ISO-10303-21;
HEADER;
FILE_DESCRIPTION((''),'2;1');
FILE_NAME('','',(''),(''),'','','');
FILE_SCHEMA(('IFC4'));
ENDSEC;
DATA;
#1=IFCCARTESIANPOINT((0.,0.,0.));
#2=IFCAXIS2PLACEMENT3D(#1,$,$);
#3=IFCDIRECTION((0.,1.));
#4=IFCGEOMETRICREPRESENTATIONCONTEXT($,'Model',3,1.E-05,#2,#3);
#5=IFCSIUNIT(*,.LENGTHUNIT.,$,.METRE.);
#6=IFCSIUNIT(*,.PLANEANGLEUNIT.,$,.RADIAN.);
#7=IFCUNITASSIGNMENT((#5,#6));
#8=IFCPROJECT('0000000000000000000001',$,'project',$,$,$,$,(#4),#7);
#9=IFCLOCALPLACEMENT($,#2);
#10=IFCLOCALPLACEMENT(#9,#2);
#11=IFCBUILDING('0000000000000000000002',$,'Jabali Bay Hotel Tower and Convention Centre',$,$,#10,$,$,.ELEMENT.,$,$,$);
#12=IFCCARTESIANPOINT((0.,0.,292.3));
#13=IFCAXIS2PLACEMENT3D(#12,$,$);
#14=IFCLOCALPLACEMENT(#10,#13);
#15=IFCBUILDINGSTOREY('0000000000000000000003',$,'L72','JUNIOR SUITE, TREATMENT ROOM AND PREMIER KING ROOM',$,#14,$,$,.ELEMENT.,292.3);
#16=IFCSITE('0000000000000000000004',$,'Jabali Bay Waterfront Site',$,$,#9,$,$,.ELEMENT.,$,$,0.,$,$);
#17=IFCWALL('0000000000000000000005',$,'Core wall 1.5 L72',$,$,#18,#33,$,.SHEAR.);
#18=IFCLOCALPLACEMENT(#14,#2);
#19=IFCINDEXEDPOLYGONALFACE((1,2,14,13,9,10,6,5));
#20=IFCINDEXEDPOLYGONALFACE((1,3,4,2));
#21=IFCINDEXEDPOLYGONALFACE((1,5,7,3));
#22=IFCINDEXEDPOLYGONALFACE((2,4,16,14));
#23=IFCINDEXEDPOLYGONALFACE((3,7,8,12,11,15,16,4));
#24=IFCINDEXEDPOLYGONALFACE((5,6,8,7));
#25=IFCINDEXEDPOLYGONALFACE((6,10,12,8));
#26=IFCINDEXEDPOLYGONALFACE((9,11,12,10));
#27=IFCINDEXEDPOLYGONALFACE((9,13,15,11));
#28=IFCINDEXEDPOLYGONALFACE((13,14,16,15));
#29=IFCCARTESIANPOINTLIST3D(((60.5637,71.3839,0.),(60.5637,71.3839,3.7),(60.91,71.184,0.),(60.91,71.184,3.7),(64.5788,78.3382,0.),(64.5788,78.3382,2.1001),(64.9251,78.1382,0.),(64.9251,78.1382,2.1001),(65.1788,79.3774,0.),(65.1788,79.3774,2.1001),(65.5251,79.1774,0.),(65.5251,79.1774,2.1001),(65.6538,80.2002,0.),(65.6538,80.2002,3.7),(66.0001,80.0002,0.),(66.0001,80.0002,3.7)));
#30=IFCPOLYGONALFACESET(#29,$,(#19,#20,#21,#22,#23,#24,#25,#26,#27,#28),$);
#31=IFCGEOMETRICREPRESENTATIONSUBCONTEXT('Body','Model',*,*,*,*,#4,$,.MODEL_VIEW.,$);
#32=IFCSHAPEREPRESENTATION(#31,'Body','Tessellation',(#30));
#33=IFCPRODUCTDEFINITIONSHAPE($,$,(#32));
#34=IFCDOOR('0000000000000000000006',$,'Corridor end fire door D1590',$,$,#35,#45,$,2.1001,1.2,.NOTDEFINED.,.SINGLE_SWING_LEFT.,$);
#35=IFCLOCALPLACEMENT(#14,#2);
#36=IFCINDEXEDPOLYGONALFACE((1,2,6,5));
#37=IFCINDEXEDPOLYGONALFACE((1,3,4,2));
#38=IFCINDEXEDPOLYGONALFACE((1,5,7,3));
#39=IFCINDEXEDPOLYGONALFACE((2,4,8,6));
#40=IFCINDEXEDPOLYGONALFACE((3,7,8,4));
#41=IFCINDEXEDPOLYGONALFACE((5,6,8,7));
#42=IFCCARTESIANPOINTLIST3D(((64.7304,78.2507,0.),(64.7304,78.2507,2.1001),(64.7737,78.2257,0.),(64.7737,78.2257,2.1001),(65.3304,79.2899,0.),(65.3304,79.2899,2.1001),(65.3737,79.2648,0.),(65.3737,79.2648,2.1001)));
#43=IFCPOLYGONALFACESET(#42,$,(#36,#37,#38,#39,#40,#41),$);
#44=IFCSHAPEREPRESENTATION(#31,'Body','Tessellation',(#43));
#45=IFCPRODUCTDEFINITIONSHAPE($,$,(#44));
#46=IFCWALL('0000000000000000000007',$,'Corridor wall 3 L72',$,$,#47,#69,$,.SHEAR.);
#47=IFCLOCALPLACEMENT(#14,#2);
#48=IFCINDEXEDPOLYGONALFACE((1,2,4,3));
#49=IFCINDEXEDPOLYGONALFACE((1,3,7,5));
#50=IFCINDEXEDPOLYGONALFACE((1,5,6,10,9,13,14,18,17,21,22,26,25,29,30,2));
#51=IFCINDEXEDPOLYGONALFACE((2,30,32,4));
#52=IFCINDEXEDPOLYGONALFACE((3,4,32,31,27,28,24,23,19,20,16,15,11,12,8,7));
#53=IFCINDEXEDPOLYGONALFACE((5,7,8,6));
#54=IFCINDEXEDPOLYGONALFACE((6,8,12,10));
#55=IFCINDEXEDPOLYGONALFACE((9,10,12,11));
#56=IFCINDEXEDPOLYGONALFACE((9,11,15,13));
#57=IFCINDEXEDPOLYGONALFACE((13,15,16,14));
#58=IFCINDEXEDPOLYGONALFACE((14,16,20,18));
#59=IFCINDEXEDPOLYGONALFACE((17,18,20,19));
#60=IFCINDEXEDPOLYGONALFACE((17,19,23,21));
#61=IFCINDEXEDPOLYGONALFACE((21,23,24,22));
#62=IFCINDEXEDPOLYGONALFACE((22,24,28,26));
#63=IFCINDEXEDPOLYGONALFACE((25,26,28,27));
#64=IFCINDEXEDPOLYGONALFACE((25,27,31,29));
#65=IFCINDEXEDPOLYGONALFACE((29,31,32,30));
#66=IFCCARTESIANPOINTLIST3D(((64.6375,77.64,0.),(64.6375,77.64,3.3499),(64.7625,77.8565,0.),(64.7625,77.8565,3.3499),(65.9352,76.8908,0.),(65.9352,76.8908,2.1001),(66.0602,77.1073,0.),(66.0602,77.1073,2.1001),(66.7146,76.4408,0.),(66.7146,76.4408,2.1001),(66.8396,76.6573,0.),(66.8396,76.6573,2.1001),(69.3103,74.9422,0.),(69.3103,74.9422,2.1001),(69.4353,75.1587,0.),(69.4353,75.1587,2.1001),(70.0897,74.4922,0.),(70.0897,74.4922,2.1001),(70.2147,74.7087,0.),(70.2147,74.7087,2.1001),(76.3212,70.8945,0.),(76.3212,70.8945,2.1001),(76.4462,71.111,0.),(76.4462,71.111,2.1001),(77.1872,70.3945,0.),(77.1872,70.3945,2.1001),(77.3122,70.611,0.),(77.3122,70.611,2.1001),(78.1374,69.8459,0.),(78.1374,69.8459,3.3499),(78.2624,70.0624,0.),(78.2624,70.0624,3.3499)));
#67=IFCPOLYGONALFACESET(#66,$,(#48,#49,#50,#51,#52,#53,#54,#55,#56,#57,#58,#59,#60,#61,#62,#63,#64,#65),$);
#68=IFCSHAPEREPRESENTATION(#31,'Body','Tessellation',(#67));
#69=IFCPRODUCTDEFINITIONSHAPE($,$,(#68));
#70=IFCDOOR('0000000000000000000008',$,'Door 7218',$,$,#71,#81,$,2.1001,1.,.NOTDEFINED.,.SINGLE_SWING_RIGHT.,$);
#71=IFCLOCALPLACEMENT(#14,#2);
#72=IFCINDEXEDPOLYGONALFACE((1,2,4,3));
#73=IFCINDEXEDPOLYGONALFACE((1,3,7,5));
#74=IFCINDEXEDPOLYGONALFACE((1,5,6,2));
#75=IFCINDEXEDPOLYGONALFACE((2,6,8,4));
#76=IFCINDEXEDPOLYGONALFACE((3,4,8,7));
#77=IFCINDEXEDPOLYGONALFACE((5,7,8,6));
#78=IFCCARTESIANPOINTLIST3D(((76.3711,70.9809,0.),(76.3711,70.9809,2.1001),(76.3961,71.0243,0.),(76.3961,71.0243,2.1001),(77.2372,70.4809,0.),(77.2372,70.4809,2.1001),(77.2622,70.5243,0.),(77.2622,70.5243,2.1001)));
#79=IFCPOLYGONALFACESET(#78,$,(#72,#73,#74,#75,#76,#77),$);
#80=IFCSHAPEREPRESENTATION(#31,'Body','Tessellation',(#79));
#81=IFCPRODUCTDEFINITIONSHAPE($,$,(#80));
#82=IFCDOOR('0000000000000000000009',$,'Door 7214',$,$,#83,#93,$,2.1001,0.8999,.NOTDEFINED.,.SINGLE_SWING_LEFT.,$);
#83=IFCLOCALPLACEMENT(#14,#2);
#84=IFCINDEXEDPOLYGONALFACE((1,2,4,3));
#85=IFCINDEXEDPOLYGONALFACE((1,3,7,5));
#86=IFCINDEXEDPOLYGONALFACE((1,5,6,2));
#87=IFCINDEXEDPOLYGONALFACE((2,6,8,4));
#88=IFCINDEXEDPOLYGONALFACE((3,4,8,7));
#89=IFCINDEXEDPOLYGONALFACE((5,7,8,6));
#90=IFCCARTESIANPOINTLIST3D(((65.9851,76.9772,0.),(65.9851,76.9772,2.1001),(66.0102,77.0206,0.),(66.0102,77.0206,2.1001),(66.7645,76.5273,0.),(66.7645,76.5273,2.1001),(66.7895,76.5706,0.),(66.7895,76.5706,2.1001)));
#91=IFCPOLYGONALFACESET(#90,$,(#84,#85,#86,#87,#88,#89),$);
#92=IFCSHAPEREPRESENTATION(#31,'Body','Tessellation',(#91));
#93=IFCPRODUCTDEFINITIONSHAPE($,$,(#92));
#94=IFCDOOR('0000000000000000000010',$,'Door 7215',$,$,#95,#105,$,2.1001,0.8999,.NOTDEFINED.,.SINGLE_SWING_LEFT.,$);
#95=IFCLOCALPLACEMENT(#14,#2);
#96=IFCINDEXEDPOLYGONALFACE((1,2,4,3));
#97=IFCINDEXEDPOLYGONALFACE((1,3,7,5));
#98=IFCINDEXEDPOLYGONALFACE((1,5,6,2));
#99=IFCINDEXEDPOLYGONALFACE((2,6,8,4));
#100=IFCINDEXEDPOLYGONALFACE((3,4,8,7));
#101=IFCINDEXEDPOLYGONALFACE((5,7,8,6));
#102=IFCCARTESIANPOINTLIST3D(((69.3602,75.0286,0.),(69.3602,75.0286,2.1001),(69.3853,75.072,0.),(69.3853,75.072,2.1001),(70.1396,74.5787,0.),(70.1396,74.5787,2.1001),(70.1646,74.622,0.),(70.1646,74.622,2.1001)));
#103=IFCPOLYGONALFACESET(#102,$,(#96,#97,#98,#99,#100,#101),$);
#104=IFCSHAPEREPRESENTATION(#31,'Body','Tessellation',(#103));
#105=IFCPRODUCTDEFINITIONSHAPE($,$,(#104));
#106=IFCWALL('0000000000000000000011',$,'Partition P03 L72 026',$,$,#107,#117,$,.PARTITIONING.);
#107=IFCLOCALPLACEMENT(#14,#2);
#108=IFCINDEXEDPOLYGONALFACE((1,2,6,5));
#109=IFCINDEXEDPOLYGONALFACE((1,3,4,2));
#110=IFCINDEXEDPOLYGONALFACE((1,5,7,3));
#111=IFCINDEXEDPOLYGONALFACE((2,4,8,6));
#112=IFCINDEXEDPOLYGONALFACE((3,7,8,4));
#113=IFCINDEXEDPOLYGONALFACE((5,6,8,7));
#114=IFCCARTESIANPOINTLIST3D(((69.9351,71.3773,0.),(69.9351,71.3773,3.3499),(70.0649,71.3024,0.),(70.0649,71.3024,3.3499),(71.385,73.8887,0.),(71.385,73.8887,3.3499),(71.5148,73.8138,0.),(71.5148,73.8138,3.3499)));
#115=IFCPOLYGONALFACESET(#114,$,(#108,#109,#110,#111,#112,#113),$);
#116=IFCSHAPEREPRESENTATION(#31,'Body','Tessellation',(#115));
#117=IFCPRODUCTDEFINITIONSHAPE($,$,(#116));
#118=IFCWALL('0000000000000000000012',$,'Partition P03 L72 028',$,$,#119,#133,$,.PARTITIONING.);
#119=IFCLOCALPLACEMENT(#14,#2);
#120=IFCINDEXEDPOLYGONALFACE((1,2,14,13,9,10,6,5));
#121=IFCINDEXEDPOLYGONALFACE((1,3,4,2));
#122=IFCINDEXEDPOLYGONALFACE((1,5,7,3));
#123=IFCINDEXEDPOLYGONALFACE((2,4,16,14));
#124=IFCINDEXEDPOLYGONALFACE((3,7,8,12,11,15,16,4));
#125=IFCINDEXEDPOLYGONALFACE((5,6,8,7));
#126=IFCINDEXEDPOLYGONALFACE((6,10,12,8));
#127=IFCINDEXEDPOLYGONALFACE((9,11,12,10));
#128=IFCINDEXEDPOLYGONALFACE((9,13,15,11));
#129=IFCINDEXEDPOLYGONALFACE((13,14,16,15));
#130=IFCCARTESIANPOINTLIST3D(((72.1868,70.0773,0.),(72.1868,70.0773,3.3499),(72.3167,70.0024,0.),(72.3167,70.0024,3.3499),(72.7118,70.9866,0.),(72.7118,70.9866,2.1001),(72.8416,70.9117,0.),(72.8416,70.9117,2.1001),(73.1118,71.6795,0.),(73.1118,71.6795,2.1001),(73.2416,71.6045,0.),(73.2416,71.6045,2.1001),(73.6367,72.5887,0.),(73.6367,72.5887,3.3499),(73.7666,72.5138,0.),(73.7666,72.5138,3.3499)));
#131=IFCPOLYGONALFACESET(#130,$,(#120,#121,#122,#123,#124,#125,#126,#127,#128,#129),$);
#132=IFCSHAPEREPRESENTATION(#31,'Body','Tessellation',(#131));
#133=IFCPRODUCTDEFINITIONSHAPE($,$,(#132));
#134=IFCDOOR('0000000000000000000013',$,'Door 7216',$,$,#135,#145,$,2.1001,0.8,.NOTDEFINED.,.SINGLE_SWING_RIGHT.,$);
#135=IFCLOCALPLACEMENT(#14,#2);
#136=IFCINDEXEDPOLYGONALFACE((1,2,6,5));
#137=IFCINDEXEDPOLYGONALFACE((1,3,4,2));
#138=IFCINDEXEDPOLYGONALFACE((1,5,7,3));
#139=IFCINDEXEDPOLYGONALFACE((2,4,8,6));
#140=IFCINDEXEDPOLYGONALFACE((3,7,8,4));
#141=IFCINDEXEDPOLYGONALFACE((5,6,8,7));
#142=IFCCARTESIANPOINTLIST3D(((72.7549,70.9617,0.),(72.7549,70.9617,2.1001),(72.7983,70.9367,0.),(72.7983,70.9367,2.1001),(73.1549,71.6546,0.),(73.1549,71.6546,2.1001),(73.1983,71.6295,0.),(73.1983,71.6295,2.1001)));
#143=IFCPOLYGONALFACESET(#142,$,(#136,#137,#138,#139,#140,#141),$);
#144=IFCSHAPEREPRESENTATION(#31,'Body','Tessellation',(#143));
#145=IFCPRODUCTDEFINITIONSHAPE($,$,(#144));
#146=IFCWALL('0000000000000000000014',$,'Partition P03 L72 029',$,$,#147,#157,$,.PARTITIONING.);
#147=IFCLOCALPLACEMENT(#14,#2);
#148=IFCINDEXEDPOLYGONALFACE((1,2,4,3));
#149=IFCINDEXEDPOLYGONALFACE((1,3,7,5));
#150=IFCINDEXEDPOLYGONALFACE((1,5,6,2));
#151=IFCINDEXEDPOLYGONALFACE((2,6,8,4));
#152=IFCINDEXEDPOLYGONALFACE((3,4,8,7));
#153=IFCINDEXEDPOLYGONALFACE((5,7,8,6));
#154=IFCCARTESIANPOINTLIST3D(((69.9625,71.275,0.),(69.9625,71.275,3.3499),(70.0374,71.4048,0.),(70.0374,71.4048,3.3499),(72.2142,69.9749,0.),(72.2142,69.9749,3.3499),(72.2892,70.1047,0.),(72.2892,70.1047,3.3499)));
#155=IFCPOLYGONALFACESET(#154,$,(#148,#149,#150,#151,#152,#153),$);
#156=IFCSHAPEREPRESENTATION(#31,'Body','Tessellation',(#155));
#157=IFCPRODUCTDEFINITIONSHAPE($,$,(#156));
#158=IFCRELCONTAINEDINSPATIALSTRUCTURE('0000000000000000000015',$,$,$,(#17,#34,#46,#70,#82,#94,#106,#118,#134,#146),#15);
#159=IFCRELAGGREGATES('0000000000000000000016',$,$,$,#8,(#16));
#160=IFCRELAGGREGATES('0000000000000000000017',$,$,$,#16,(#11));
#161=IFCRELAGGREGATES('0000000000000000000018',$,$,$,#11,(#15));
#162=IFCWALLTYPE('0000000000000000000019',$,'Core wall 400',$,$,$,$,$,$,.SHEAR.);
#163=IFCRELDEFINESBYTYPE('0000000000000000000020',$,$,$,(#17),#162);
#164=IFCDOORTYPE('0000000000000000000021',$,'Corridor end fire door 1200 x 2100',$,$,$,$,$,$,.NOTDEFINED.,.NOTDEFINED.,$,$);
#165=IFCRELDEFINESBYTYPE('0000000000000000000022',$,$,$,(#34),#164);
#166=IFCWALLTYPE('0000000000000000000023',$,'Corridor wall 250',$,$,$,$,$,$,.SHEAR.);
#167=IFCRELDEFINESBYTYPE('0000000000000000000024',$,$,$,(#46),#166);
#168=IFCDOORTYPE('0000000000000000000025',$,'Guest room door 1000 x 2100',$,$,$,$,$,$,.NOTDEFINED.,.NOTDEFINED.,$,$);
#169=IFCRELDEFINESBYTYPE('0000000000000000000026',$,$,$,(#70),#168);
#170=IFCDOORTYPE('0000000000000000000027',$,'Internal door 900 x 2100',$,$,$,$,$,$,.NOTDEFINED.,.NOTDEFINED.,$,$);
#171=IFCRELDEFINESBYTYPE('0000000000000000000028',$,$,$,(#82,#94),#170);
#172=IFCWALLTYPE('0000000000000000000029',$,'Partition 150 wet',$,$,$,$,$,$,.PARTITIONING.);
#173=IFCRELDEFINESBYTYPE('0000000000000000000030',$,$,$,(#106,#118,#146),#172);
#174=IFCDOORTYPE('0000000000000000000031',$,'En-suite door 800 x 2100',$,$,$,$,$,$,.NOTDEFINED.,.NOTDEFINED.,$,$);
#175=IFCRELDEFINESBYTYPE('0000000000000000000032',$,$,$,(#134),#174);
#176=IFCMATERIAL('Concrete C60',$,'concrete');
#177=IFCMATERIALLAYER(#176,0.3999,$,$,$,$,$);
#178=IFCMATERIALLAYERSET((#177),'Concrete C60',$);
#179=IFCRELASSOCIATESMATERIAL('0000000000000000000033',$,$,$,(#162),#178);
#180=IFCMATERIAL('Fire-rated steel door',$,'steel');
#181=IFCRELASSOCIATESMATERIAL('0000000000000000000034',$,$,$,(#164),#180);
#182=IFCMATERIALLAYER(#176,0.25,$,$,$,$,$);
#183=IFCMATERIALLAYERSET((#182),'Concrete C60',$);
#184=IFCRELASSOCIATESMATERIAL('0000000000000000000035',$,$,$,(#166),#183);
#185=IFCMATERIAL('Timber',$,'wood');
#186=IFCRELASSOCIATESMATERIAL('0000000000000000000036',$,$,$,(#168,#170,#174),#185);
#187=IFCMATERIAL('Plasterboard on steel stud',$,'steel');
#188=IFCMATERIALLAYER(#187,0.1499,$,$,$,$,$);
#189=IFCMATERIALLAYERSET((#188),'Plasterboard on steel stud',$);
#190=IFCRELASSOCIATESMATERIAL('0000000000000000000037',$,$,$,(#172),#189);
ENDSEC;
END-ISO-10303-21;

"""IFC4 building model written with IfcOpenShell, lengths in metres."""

from ifc_helpers import new_model, si_unit, direction, frame, frame_2d, origin, place, context, subcontext, project, spatial, rectangle, extrude, material, layer, layer_set, type_object, element, fill, save


model = new_model("IFC4")

# Units and contexts
model_context = context("Model", 3, precision=1e-05, world=origin(), true_north=direction((0.0, 1.0)))
body_context = subcontext(model_context, "Body", "Model", "MODEL_VIEW")
ifc_project = project(units=[si_unit("LENGTHUNIT", "METRE"), si_unit("PLANEANGLEUNIT", "RADIAN")], contexts=[model_context])

# Site, building, storey
site_placement = place(None, origin())
site = spatial("IfcSite", under=ifc_project, at=site_placement, Name="Jabali Bay Waterfront Site", CompositionType="ELEMENT", RefElevation=0.0)
building_placement = place(site_placement, origin())
building = spatial("IfcBuilding", under=site, at=building_placement, Name="Jabali Bay Hotel Tower and Convention Centre", CompositionType="ELEMENT")
storey_placement = place(building_placement, frame((0.0, 0.0, 292.3)))
storey = spatial("IfcBuildingStorey", under=building, at=storey_placement, Name="L72", Description="JUNIOR SUITE, TREATMENT ROOM AND PREMIER KING ROOM", CompositionType="ELEMENT", Elevation=292.3)

# Wall, opening, door
ifc_material_1 = material(Name="Concrete C60", Category="concrete")
ifc_layer_1 = layer(ifc_material_1, 0.3999)
ifc_layer_set_1 = layer_set([ifc_layer_1], Name="Concrete C60")
wall_type_1 = type_object("IfcWallType", Name="Core wall 400", PredefinedType="SHEAR", material=ifc_layer_set_1)
wall_1_placement = place(storey_placement, frame((60.7368, 71.2839, 0.0), z_axis=(0.0, 0.0, 1.0), x_axis=(0.500005, 0.866022, 0.0)))
wall_1 = element("IfcWall", 1, at=wall_1_placement, inside=storey, type_object=wall_type_1, Name="Core wall 1.5 L72", PredefinedType="SHEAR", context=body_context, shape_type="SweptSolid", body=[
    extrude(rectangle(XDim=10.1802, YDim=0.3999, at=frame_2d((5.0901, 0.0))), origin(), (0.0, 0.0, 1.0), 3.7),
])
opening_1_placement = place(wall_1_placement, frame((8.03, 0.0, 0.0)))
opening_1 = element("IfcOpeningElement", 2, at=opening_1_placement, cuts=wall_1, PredefinedType="OPENING", context=body_context, shape_type="SweptSolid", body=[
    extrude(rectangle(XDim=1.2, YDim=2.1001, at=frame_2d((0.6001, 1.05))), frame((0.0, 0.2104, 0.0), z_axis=(0.0, -1.0, 0.0), x_axis=(1.0, 0.0, 0.0)), (0.0, 0.0, 1.0), 0.4209),
])
ifc_material_2 = material(Name="Fire-rated steel door", Category="steel")
door_type_1 = type_object("IfcDoorType", Name="Corridor end fire door 1200 x 2100", OperationType="NOTDEFINED", PredefinedType="NOTDEFINED", material=ifc_material_2)
door_1_placement = place(opening_1_placement, origin())
door_1 = element("IfcDoor", 3, at=door_1_placement, inside=storey, type_object=door_type_1, Name="Corridor end fire door D1590", OperationType="SINGLE_SWING_LEFT", OverallHeight=2.1001, OverallWidth=1.2, PredefinedType="NOTDEFINED", context=body_context, shape_type="SweptSolid", body=[
    extrude(rectangle(XDim=1.2, YDim=2.1001, at=frame_2d((0.6001, 1.05))), frame((0.0, 0.0249, 0.0), z_axis=(0.0, -1.0, 0.0), x_axis=(1.0, 0.0, 0.0)), (0.0, 0.0, 1.0), 0.05),
])
fill(opening_1, door_1)

# Wall, openings, doors
ifc_layer_2 = layer(ifc_material_1, 0.25)
ifc_layer_set_2 = layer_set([ifc_layer_2], Name="Concrete C60")
wall_type_2 = type_object("IfcWallType", Name="Corridor wall 250", PredefinedType="SHEAR", material=ifc_layer_set_2)
wall_2_placement = place(storey_placement, frame((64.7, 77.7483, 0.0), z_axis=(0.0, 0.0, 1.0), x_axis=(0.866026, -0.499998, 0.0)))
wall_2 = element("IfcWall", 4, at=wall_2_placement, inside=storey, type_object=wall_type_2, Name="Corridor wall 3 L72", PredefinedType="SHEAR", context=body_context, shape_type="SweptSolid", body=[
    extrude(rectangle(XDim=15.5884, YDim=0.25, at=frame_2d((7.7942, 0.0))), origin(), (0.0, 0.0, 1.0), 3.3499),
])
opening_2_placement = place(wall_2_placement, frame((1.4985, 0.0, 0.0)))
opening_2 = element("IfcOpeningElement", 5, at=opening_2_placement, cuts=wall_2, PredefinedType="OPENING", context=body_context, shape_type="SweptSolid", body=[
    extrude(rectangle(XDim=0.8999, YDim=2.1001, at=frame_2d((0.45, 1.05))), frame((0.0, 0.1355, 0.0), z_axis=(0.0, -1.0, 0.0), x_axis=(1.0, 0.0, 0.0)), (0.0, 0.0, 1.0), 0.271),
])
opening_3_placement = place(wall_2_placement, frame((5.3958, 0.0, 0.0)))
opening_3 = element("IfcOpeningElement", 6, at=opening_3_placement, cuts=wall_2, PredefinedType="OPENING", context=body_context, shape_type="SweptSolid", body=[
    extrude(rectangle(XDim=0.8999, YDim=2.1001, at=frame_2d((0.45, 1.05))), frame((0.0, 0.1355, 0.0), z_axis=(0.0, -1.0, 0.0), x_axis=(1.0, 0.0, 0.0)), (0.0, 0.0, 1.0), 0.271),
])
opening_4_placement = place(wall_2_placement, frame((13.4912, 0.0, 0.0)))
opening_4 = element("IfcOpeningElement", 7, at=opening_4_placement, cuts=wall_2, PredefinedType="OPENING", context=body_context, shape_type="SweptSolid", body=[
    extrude(rectangle(XDim=1.0, YDim=2.1001, at=frame_2d((0.5, 1.05))), frame((0.0, 0.1355, 0.0), z_axis=(0.0, -1.0, 0.0), x_axis=(1.0, 0.0, 0.0)), (0.0, 0.0, 1.0), 0.271),
])
ifc_material_3 = material(Name="Timber", Category="wood")
door_type_2 = type_object("IfcDoorType", Name="Guest room door 1000 x 2100", OperationType="NOTDEFINED", PredefinedType="NOTDEFINED", material=ifc_material_3)
door_2_placement = place(opening_4_placement, origin())
door_2 = element("IfcDoor", 8, at=door_2_placement, inside=storey, type_object=door_type_2, Name="Door 7218", OperationType="SINGLE_SWING_RIGHT", OverallHeight=2.1001, OverallWidth=1.0, PredefinedType="NOTDEFINED", context=body_context, shape_type="SweptSolid", body=[
    extrude(rectangle(XDim=1.0, YDim=2.1001, at=frame_2d((0.5, 1.05))), frame((0.0, 0.0249, 0.0), z_axis=(0.0, -1.0, 0.0), x_axis=(1.0, 0.0, 0.0)), (0.0, 0.0, 1.0), 0.05),
])
fill(opening_4, door_2)
door_type_3 = type_object("IfcDoorType", Name="Internal door 900 x 2100", OperationType="NOTDEFINED", PredefinedType="NOTDEFINED", material=ifc_material_3)
door_3_placement = place(opening_2_placement, origin())
door_3 = element("IfcDoor", 9, at=door_3_placement, inside=storey, type_object=door_type_3, Name="Door 7214", OperationType="SINGLE_SWING_LEFT", OverallHeight=2.1001, OverallWidth=0.8999, PredefinedType="NOTDEFINED", context=body_context, shape_type="SweptSolid", body=[
    extrude(rectangle(XDim=0.8999, YDim=2.1001, at=frame_2d((0.45, 1.05))), frame((0.0, 0.0249, 0.0), z_axis=(0.0, -1.0, 0.0), x_axis=(1.0, 0.0, 0.0)), (0.0, 0.0, 1.0), 0.05),
])
fill(opening_2, door_3)
door_4_placement = place(opening_3_placement, origin())
door_4 = element("IfcDoor", 10, at=door_4_placement, inside=storey, type_object=door_type_3, Name="Door 7215", OperationType="SINGLE_SWING_LEFT", OverallHeight=2.1001, OverallWidth=0.8999, PredefinedType="NOTDEFINED", context=body_context, shape_type="SweptSolid", body=[
    extrude(rectangle(XDim=0.8999, YDim=2.1001, at=frame_2d((0.45, 1.05))), frame((0.0, 0.0249, 0.0), z_axis=(0.0, -1.0, 0.0), x_axis=(1.0, 0.0, 0.0)), (0.0, 0.0, 1.0), 0.05),
])
fill(opening_3, door_4)

# Wall
ifc_material_4 = material(Name="Plasterboard on steel stud", Category="steel")
ifc_layer_3 = layer(ifc_material_4, 0.1499)
ifc_layer_set_3 = layer_set([ifc_layer_3], Name="Plasterboard on steel stud")
wall_type_3 = type_object("IfcWallType", Name="Partition 150 wet", PredefinedType="PARTITIONING", material=ifc_layer_set_3)
wall_3_placement = place(storey_placement, frame((70.0, 71.3398, 0.0), z_axis=(0.0, 0.0, 1.0), x_axis=(0.499987, 0.866033, 0.0)))
element("IfcWall", 11, at=wall_3_placement, inside=storey, type_object=wall_type_3, Name="Partition P03 L72 026", PredefinedType="PARTITIONING", context=body_context, shape_type="SweptSolid", body=[
    extrude(rectangle(XDim=2.8999, YDim=0.1499, at=frame_2d((1.45, 0.0))), origin(), (0.0, 0.0, 1.0), 3.3499),
])

# Wall, opening, door
wall_4_placement = place(storey_placement, frame((73.7017, 72.5513, 0.0), z_axis=(0.0, 0.0, 1.0), x_axis=(-0.499987, -0.866033, 0.0)))
wall_4 = element("IfcWall", 12, at=wall_4_placement, inside=storey, type_object=wall_type_3, Name="Partition P03 L72 028", PredefinedType="PARTITIONING", context=body_context, shape_type="SweptSolid", body=[
    extrude(rectangle(XDim=2.8999, YDim=0.1499, at=frame_2d((1.45, 0.0))), origin(), (0.0, 0.0, 1.0), 3.3499),
])
opening_5_placement = place(wall_4_placement, frame((1.05, 0.0, 0.0)))
opening_5 = element("IfcOpeningElement", 13, at=opening_5_placement, cuts=wall_4, PredefinedType="OPENING", context=body_context, shape_type="SweptSolid", body=[
    extrude(rectangle(XDim=0.8, YDim=2.1001, at=frame_2d((0.3999, 1.05))), frame((0.0, 0.0854, 0.0), z_axis=(0.0, -1.0, 0.0), x_axis=(1.0, 0.0, 0.0)), (0.0, 0.0, 1.0), 0.1709),
])
door_type_4 = type_object("IfcDoorType", Name="En-suite door 800 x 2100", OperationType="NOTDEFINED", PredefinedType="NOTDEFINED", material=ifc_material_3)
door_5_placement = place(opening_5_placement, origin())
door_5 = element("IfcDoor", 14, at=door_5_placement, inside=storey, type_object=door_type_4, Name="Door 7216", OperationType="SINGLE_SWING_RIGHT", OverallHeight=2.1001, OverallWidth=0.8, PredefinedType="NOTDEFINED", context=body_context, shape_type="SweptSolid", body=[
    extrude(rectangle(XDim=0.8, YDim=2.1001, at=frame_2d((0.3999, 1.05))), frame((0.0, 0.0249, 0.0), z_axis=(0.0, -1.0, 0.0), x_axis=(1.0, 0.0, 0.0)), (0.0, 0.0, 1.0), 0.05),
])
fill(opening_5, door_5)

# Wall
wall_5_placement = place(storey_placement, frame((72.2517, 70.0398, 0.0), z_axis=(0.0, 0.0, 1.0), x_axis=(-0.866021, 0.500007, 0.0)))
element("IfcWall", 15, at=wall_5_placement, inside=storey, type_object=wall_type_3, Name="Partition P03 L72 029", PredefinedType="PARTITIONING", context=body_context, shape_type="SweptSolid", body=[
    extrude(rectangle(XDim=2.6001, YDim=0.1499, at=frame_2d((1.3, 0.0))), origin(), (0.0, 0.0, 1.0), 3.3499),
])

save(model, "model.ifc")
